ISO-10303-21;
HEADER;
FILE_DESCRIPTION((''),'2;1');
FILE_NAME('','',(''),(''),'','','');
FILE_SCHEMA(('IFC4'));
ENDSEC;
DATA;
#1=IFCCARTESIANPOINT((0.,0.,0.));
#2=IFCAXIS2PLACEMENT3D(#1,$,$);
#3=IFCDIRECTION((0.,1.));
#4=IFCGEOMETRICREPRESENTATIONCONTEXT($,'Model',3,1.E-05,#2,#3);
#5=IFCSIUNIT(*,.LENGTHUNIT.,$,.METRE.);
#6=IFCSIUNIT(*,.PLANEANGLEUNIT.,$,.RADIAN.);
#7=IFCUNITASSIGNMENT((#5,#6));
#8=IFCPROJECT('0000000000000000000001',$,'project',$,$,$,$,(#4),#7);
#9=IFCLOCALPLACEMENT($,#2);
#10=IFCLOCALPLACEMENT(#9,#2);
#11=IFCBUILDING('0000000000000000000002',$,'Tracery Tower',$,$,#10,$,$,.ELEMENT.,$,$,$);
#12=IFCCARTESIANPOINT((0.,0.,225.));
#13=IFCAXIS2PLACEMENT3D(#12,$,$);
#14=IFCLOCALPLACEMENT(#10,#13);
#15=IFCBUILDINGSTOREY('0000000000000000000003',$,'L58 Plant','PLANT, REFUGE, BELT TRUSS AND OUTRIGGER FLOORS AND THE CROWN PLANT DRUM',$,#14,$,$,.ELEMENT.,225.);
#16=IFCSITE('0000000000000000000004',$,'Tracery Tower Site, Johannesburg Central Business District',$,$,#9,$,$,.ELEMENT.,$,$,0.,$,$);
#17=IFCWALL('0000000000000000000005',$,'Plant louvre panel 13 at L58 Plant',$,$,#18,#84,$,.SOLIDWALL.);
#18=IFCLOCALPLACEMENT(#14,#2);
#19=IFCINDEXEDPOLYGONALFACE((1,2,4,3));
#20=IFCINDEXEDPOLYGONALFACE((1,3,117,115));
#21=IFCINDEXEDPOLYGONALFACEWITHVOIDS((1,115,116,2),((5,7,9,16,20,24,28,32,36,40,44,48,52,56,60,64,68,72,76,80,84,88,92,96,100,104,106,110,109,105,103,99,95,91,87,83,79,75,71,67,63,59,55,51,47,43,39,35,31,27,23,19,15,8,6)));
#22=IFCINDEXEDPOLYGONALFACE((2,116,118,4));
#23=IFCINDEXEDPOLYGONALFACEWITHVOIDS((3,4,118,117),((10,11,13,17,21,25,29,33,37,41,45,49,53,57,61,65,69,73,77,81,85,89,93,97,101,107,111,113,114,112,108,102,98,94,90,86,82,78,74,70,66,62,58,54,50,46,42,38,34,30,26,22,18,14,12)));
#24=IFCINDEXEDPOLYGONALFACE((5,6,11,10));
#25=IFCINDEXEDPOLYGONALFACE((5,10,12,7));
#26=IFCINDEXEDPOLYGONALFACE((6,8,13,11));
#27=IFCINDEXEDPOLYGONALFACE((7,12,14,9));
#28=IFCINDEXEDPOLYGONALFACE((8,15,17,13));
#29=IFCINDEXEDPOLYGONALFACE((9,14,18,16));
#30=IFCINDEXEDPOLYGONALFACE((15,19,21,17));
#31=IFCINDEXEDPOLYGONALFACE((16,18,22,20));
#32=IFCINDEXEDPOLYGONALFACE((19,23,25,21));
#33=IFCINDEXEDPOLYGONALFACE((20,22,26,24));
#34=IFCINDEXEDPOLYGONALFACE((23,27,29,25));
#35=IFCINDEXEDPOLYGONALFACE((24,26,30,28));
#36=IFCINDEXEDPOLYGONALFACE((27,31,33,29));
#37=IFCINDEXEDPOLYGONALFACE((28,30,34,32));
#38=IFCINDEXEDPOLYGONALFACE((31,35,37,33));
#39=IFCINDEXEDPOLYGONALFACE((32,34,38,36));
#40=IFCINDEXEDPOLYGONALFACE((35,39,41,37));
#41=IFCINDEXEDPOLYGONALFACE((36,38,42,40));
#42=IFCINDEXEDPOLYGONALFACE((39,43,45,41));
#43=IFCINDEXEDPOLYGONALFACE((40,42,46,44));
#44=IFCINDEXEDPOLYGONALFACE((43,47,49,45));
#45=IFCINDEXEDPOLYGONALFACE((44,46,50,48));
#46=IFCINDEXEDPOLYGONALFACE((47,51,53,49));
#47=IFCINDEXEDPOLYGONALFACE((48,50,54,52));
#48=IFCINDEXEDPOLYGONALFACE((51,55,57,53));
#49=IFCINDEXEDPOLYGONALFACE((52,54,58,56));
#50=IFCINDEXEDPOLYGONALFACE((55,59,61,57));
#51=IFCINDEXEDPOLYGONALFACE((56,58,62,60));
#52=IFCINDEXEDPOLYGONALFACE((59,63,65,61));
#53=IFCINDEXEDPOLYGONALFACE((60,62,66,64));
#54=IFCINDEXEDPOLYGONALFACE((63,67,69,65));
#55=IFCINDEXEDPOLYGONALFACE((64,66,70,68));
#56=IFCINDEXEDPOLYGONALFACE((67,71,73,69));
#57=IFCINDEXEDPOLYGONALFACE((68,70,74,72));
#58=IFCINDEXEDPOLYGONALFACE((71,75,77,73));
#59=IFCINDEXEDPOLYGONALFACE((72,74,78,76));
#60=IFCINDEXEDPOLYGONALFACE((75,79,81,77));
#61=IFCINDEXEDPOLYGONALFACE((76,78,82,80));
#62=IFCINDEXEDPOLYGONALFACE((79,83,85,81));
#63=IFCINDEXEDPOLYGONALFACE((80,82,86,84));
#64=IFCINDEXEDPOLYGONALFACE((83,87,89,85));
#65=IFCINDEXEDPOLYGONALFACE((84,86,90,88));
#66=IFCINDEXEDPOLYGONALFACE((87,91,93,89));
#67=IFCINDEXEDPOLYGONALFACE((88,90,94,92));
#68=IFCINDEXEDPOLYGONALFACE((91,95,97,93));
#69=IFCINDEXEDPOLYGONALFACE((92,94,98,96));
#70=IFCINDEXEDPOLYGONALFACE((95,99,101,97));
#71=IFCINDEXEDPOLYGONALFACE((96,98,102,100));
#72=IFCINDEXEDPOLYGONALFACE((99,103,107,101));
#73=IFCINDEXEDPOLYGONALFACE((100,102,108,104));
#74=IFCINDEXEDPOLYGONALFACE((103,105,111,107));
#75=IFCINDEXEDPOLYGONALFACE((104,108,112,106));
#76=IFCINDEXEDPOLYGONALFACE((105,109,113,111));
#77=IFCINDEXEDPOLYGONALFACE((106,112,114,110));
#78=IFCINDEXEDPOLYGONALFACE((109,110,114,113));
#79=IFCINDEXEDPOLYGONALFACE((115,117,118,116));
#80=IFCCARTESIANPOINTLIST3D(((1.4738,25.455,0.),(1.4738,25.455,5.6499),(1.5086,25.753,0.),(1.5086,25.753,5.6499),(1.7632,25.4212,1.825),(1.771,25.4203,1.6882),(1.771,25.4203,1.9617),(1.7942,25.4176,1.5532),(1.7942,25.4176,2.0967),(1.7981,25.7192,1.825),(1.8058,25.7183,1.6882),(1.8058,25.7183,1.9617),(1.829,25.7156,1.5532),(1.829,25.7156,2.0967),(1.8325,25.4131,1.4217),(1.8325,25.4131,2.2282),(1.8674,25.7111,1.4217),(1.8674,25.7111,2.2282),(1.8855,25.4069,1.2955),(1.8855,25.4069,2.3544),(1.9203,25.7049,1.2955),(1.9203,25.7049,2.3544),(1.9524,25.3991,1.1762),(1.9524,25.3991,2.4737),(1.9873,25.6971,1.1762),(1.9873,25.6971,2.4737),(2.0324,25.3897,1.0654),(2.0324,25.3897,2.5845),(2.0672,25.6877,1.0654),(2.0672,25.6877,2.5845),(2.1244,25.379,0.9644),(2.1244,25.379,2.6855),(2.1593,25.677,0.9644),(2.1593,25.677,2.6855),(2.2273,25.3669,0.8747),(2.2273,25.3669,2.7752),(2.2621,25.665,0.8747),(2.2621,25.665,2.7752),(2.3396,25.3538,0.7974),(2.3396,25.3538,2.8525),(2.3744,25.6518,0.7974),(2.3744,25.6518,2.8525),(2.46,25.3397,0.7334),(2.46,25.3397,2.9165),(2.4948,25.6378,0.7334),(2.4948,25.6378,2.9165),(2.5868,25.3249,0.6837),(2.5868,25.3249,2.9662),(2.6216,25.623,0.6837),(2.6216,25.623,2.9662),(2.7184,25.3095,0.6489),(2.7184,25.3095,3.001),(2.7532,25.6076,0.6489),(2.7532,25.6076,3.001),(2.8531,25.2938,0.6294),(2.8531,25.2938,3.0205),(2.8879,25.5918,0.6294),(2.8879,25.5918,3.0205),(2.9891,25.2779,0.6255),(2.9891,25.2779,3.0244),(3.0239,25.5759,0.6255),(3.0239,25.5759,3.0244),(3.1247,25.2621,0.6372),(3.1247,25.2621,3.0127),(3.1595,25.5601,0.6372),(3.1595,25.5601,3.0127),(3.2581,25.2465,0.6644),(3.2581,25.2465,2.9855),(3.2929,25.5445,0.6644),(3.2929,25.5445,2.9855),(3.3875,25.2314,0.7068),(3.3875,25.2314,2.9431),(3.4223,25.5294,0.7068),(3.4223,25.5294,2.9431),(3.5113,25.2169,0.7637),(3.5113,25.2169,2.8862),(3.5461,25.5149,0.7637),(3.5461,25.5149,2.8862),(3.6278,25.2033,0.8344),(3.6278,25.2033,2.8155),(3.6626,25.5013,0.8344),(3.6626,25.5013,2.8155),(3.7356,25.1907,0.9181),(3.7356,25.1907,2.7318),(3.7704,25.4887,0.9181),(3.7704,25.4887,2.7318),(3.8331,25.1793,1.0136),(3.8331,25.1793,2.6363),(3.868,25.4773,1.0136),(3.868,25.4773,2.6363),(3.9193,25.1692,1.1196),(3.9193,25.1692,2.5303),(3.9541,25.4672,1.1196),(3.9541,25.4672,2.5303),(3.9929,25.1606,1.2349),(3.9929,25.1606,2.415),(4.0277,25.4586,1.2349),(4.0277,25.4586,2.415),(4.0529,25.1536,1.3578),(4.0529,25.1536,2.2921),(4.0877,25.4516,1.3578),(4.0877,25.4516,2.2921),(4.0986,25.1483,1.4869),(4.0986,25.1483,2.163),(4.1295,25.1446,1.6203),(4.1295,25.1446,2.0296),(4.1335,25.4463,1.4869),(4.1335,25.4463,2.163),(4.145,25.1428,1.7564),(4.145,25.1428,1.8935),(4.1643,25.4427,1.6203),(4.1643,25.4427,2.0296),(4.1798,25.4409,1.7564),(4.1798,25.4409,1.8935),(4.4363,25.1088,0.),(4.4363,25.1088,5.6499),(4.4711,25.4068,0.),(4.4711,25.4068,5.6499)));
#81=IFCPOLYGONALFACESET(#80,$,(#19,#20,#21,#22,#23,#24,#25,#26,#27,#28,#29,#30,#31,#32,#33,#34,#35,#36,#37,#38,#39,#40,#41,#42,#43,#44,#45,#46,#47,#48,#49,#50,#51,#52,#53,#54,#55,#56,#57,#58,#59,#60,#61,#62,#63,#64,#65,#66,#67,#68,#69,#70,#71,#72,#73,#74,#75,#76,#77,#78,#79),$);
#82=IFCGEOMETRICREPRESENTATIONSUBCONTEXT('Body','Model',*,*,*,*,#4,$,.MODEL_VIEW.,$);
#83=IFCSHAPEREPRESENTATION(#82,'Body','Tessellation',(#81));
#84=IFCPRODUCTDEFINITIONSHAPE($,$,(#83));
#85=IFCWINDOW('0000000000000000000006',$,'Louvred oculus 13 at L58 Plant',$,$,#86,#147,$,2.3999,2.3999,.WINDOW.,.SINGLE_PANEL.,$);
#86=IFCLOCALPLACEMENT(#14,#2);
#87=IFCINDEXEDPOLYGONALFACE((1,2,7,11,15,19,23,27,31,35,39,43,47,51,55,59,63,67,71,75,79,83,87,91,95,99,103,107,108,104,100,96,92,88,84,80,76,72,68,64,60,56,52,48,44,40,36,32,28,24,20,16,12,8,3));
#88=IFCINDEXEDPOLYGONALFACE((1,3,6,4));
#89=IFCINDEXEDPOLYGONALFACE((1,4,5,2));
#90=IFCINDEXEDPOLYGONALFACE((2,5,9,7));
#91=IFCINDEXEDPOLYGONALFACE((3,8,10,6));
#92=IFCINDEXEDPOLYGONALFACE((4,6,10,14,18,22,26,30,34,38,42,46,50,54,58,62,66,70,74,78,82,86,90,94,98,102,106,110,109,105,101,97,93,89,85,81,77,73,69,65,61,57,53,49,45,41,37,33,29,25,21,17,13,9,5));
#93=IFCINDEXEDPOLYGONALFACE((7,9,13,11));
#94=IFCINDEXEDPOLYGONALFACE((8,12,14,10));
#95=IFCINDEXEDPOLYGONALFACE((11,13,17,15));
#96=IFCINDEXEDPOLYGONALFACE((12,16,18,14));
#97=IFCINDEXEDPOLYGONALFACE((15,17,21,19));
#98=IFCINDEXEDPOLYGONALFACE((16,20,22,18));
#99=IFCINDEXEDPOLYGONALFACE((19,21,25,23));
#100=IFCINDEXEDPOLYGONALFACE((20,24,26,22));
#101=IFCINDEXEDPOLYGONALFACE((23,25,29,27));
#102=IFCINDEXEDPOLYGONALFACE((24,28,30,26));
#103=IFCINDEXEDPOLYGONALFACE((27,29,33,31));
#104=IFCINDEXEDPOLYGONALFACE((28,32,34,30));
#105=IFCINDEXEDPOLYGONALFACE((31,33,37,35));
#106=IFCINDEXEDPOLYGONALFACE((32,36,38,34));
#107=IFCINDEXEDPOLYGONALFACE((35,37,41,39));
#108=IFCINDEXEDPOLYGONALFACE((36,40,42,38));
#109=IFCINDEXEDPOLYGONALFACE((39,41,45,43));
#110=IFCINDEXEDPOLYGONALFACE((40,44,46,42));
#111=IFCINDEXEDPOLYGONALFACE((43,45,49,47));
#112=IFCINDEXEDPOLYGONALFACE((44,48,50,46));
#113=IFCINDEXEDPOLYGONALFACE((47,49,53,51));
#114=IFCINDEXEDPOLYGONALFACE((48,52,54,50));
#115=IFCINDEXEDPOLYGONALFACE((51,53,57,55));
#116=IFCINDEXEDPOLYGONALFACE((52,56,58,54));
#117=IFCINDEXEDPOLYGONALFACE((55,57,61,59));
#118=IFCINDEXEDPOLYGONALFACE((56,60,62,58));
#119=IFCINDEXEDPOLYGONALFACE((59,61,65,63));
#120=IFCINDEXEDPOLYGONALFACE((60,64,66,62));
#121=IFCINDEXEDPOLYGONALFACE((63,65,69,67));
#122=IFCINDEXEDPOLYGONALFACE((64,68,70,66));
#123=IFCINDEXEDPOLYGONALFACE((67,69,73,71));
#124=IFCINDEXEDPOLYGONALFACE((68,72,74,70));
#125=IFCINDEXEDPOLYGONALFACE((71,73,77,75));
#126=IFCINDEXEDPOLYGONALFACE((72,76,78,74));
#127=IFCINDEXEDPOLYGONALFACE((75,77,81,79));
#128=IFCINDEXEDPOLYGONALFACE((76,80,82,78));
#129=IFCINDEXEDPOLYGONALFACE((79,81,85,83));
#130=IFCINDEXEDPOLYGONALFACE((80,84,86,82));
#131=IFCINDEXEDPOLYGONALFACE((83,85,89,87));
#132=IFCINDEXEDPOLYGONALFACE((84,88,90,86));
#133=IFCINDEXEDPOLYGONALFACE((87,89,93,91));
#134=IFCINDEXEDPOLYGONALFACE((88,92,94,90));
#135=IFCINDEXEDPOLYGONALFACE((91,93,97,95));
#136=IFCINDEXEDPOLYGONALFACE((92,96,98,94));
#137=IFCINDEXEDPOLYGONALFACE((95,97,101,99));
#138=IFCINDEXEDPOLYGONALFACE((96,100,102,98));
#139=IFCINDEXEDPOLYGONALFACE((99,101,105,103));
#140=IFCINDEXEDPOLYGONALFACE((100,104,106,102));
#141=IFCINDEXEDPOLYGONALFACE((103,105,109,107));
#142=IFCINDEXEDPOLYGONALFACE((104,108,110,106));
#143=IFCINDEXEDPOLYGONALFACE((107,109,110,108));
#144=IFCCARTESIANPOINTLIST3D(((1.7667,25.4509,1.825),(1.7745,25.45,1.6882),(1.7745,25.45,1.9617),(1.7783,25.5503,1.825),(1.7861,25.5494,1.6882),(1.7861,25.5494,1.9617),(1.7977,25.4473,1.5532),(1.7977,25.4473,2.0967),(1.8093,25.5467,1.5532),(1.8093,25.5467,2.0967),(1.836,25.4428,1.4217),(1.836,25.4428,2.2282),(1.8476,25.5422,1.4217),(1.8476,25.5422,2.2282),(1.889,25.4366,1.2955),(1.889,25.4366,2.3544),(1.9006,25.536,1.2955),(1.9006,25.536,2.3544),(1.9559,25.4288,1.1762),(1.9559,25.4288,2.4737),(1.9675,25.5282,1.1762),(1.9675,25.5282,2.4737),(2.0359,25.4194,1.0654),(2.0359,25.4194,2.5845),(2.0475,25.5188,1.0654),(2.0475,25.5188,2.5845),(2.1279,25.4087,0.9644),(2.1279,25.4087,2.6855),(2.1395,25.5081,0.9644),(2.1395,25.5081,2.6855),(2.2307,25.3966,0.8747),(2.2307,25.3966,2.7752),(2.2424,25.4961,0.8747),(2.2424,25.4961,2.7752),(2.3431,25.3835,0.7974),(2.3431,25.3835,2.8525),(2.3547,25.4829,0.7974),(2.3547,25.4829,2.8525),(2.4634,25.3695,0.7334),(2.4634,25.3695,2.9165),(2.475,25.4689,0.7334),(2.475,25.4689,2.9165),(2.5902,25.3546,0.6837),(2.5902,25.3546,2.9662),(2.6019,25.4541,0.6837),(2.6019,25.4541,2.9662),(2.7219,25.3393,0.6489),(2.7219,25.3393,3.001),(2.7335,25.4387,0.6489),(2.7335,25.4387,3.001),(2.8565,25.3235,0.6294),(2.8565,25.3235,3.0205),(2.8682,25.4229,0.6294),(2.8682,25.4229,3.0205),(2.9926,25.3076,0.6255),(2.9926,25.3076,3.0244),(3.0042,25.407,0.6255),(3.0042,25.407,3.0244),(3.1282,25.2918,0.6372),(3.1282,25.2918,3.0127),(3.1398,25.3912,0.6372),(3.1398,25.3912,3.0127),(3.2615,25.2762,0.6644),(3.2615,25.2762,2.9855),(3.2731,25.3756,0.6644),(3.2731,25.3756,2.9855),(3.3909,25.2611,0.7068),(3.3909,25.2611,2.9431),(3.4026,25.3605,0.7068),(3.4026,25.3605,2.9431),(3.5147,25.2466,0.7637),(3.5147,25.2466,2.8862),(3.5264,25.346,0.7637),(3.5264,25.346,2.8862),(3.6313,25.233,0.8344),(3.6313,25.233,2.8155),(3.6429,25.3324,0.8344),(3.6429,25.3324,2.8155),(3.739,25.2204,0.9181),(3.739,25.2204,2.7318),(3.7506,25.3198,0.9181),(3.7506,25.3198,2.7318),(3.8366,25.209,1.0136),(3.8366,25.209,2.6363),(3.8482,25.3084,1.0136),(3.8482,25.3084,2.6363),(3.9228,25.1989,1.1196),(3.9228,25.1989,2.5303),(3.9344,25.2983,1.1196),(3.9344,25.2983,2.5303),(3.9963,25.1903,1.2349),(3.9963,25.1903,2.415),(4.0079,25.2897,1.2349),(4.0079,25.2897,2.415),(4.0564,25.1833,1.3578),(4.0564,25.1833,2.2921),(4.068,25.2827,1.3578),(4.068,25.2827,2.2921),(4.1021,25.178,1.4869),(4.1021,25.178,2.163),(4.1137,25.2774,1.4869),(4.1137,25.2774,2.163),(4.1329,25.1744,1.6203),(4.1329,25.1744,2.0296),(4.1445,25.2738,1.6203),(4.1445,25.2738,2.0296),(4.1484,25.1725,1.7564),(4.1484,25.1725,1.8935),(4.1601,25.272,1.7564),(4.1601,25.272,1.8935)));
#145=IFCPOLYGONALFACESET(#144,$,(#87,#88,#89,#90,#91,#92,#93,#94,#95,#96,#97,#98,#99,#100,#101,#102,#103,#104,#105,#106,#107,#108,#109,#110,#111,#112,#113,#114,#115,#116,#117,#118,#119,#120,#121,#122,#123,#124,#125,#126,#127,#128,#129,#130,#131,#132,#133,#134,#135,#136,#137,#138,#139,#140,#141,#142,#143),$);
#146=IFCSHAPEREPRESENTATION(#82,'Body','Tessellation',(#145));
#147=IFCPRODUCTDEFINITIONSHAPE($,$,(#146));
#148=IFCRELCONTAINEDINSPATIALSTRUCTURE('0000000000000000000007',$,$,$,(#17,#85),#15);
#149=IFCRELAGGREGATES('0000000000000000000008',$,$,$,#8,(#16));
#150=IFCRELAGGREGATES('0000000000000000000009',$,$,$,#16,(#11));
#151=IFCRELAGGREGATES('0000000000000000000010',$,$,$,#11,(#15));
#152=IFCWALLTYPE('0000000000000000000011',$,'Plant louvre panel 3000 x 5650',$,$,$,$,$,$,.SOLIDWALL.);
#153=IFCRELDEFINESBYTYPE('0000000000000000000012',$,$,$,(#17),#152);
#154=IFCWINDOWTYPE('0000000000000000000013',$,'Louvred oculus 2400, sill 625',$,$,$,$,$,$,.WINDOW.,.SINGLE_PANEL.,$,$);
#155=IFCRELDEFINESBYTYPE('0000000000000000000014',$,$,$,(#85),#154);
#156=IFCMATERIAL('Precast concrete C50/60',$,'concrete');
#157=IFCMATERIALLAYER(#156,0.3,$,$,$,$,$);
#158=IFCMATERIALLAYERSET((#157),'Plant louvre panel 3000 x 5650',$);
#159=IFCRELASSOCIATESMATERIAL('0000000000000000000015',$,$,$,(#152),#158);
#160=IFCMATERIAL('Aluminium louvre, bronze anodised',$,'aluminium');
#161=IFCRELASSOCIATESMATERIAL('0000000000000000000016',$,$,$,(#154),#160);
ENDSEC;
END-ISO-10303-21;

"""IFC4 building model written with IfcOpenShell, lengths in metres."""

from ifc_helpers import new_model, si_unit, direction, frame, frame_2d, origin, origin_2d, place, context, subcontext, project, spatial, rectangle, circle, extrude, material, layer, layer_set, type_object, element, fill, save


model = new_model("IFC4")

# Units and contexts
model_context = context("Model", 3, precision=1e-05, world=origin(), true_north=direction((0.0, 1.0)))
body_context = subcontext(model_context, "Body", "Model", "MODEL_VIEW")
ifc_project = project(units=[si_unit("LENGTHUNIT", "METRE"), si_unit("PLANEANGLEUNIT", "RADIAN")], contexts=[model_context])

# Site, building, storey
site_placement = place(None, origin())
site = spatial("IfcSite", under=ifc_project, at=site_placement, Name="Tracery Tower Site, Johannesburg Central Business District", CompositionType="ELEMENT", RefElevation=0.0)
building_placement = place(site_placement, origin())
building = spatial("IfcBuilding", under=site, at=building_placement, Name="Tracery Tower", CompositionType="ELEMENT")
storey_placement = place(building_placement, frame((0.0, 0.0, 225.0)))
storey = spatial("IfcBuildingStorey", under=building, at=storey_placement, Name="L58 Plant", Description="PLANT, REFUGE, BELT TRUSS AND OUTRIGGER FLOORS AND THE CROWN PLANT DRUM", CompositionType="ELEMENT", Elevation=225.0)

# Wall, opening, window
ifc_material_1 = material(Name="Precast concrete C50/60", Category="concrete")
ifc_layer_1 = layer(ifc_material_1, 0.3)
ifc_layer_set_1 = layer_set([ifc_layer_1], Name="Plant louvre panel 3000 x 5650")
wall_type_1 = type_object("IfcWallType", Name="Plant louvre panel 3000 x 5650", PredefinedType="SOLIDWALL", material=ifc_layer_set_1)
ifc_material_2 = material(Name="Aluminium louvre, bronze anodised", Category="aluminium")
window_type = type_object("IfcWindowType", Name="Louvred oculus 2400, sill 625", PartitioningType="SINGLE_PANEL", PredefinedType="WINDOW", material=ifc_material_2)
wall_1_placement = place(storey_placement, frame((4.4536, 25.2578, 0.0), z_axis=(0.0, 0.0, 1.0), x_axis=(-0.993241, 0.116072, 0.0)))
wall_1 = element("IfcWall", 1, at=wall_1_placement, inside=storey, type_object=wall_type_1, Name="Plant louvre panel 13 at L58 Plant", PredefinedType="SOLIDWALL", context=body_context, shape_type="SweptSolid", body=[
    extrude(rectangle(XDim=2.9827, YDim=0.3, at=frame_2d((1.4912, 0.0))), origin(), (0.0, 0.0, 1.0), 5.6499),
])
opening_1_placement = place(wall_1_placement, frame((1.4912, 0.0, 1.825)))
opening_1 = element("IfcOpeningElement", 2, at=opening_1_placement, cuts=wall_1, PredefinedType="OPENING", context=body_context, shape_type="SweptSolid", body=[
    extrude(circle(Radius=1.2, at=origin_2d()), frame((0.0, 0.1599, 0.0), z_axis=(0.0, -1.0, 0.0), x_axis=(1.0, 0.0, 0.0)), (0.0, 0.0, 1.0), 0.3201),
])
window_1_placement = place(opening_1_placement, origin())
window_1 = element("IfcWindow", 3, at=window_1_placement, inside=storey, type_object=window_type, Name="Louvred oculus 13 at L58 Plant", OverallHeight=2.3999, OverallWidth=2.3999, PartitioningType="SINGLE_PANEL", PredefinedType="WINDOW", context=body_context, shape_type="SweptSolid", body=[
    extrude(circle(Radius=1.2, at=origin_2d()), frame((0.0, 0.1201, 0.0), z_axis=(0.0, -1.0, 0.0), x_axis=(1.0, 0.0, 0.0)), (0.0, 0.0, 1.0), 0.1001),
])
fill(opening_1, window_1)

save(model, "model.ifc")
